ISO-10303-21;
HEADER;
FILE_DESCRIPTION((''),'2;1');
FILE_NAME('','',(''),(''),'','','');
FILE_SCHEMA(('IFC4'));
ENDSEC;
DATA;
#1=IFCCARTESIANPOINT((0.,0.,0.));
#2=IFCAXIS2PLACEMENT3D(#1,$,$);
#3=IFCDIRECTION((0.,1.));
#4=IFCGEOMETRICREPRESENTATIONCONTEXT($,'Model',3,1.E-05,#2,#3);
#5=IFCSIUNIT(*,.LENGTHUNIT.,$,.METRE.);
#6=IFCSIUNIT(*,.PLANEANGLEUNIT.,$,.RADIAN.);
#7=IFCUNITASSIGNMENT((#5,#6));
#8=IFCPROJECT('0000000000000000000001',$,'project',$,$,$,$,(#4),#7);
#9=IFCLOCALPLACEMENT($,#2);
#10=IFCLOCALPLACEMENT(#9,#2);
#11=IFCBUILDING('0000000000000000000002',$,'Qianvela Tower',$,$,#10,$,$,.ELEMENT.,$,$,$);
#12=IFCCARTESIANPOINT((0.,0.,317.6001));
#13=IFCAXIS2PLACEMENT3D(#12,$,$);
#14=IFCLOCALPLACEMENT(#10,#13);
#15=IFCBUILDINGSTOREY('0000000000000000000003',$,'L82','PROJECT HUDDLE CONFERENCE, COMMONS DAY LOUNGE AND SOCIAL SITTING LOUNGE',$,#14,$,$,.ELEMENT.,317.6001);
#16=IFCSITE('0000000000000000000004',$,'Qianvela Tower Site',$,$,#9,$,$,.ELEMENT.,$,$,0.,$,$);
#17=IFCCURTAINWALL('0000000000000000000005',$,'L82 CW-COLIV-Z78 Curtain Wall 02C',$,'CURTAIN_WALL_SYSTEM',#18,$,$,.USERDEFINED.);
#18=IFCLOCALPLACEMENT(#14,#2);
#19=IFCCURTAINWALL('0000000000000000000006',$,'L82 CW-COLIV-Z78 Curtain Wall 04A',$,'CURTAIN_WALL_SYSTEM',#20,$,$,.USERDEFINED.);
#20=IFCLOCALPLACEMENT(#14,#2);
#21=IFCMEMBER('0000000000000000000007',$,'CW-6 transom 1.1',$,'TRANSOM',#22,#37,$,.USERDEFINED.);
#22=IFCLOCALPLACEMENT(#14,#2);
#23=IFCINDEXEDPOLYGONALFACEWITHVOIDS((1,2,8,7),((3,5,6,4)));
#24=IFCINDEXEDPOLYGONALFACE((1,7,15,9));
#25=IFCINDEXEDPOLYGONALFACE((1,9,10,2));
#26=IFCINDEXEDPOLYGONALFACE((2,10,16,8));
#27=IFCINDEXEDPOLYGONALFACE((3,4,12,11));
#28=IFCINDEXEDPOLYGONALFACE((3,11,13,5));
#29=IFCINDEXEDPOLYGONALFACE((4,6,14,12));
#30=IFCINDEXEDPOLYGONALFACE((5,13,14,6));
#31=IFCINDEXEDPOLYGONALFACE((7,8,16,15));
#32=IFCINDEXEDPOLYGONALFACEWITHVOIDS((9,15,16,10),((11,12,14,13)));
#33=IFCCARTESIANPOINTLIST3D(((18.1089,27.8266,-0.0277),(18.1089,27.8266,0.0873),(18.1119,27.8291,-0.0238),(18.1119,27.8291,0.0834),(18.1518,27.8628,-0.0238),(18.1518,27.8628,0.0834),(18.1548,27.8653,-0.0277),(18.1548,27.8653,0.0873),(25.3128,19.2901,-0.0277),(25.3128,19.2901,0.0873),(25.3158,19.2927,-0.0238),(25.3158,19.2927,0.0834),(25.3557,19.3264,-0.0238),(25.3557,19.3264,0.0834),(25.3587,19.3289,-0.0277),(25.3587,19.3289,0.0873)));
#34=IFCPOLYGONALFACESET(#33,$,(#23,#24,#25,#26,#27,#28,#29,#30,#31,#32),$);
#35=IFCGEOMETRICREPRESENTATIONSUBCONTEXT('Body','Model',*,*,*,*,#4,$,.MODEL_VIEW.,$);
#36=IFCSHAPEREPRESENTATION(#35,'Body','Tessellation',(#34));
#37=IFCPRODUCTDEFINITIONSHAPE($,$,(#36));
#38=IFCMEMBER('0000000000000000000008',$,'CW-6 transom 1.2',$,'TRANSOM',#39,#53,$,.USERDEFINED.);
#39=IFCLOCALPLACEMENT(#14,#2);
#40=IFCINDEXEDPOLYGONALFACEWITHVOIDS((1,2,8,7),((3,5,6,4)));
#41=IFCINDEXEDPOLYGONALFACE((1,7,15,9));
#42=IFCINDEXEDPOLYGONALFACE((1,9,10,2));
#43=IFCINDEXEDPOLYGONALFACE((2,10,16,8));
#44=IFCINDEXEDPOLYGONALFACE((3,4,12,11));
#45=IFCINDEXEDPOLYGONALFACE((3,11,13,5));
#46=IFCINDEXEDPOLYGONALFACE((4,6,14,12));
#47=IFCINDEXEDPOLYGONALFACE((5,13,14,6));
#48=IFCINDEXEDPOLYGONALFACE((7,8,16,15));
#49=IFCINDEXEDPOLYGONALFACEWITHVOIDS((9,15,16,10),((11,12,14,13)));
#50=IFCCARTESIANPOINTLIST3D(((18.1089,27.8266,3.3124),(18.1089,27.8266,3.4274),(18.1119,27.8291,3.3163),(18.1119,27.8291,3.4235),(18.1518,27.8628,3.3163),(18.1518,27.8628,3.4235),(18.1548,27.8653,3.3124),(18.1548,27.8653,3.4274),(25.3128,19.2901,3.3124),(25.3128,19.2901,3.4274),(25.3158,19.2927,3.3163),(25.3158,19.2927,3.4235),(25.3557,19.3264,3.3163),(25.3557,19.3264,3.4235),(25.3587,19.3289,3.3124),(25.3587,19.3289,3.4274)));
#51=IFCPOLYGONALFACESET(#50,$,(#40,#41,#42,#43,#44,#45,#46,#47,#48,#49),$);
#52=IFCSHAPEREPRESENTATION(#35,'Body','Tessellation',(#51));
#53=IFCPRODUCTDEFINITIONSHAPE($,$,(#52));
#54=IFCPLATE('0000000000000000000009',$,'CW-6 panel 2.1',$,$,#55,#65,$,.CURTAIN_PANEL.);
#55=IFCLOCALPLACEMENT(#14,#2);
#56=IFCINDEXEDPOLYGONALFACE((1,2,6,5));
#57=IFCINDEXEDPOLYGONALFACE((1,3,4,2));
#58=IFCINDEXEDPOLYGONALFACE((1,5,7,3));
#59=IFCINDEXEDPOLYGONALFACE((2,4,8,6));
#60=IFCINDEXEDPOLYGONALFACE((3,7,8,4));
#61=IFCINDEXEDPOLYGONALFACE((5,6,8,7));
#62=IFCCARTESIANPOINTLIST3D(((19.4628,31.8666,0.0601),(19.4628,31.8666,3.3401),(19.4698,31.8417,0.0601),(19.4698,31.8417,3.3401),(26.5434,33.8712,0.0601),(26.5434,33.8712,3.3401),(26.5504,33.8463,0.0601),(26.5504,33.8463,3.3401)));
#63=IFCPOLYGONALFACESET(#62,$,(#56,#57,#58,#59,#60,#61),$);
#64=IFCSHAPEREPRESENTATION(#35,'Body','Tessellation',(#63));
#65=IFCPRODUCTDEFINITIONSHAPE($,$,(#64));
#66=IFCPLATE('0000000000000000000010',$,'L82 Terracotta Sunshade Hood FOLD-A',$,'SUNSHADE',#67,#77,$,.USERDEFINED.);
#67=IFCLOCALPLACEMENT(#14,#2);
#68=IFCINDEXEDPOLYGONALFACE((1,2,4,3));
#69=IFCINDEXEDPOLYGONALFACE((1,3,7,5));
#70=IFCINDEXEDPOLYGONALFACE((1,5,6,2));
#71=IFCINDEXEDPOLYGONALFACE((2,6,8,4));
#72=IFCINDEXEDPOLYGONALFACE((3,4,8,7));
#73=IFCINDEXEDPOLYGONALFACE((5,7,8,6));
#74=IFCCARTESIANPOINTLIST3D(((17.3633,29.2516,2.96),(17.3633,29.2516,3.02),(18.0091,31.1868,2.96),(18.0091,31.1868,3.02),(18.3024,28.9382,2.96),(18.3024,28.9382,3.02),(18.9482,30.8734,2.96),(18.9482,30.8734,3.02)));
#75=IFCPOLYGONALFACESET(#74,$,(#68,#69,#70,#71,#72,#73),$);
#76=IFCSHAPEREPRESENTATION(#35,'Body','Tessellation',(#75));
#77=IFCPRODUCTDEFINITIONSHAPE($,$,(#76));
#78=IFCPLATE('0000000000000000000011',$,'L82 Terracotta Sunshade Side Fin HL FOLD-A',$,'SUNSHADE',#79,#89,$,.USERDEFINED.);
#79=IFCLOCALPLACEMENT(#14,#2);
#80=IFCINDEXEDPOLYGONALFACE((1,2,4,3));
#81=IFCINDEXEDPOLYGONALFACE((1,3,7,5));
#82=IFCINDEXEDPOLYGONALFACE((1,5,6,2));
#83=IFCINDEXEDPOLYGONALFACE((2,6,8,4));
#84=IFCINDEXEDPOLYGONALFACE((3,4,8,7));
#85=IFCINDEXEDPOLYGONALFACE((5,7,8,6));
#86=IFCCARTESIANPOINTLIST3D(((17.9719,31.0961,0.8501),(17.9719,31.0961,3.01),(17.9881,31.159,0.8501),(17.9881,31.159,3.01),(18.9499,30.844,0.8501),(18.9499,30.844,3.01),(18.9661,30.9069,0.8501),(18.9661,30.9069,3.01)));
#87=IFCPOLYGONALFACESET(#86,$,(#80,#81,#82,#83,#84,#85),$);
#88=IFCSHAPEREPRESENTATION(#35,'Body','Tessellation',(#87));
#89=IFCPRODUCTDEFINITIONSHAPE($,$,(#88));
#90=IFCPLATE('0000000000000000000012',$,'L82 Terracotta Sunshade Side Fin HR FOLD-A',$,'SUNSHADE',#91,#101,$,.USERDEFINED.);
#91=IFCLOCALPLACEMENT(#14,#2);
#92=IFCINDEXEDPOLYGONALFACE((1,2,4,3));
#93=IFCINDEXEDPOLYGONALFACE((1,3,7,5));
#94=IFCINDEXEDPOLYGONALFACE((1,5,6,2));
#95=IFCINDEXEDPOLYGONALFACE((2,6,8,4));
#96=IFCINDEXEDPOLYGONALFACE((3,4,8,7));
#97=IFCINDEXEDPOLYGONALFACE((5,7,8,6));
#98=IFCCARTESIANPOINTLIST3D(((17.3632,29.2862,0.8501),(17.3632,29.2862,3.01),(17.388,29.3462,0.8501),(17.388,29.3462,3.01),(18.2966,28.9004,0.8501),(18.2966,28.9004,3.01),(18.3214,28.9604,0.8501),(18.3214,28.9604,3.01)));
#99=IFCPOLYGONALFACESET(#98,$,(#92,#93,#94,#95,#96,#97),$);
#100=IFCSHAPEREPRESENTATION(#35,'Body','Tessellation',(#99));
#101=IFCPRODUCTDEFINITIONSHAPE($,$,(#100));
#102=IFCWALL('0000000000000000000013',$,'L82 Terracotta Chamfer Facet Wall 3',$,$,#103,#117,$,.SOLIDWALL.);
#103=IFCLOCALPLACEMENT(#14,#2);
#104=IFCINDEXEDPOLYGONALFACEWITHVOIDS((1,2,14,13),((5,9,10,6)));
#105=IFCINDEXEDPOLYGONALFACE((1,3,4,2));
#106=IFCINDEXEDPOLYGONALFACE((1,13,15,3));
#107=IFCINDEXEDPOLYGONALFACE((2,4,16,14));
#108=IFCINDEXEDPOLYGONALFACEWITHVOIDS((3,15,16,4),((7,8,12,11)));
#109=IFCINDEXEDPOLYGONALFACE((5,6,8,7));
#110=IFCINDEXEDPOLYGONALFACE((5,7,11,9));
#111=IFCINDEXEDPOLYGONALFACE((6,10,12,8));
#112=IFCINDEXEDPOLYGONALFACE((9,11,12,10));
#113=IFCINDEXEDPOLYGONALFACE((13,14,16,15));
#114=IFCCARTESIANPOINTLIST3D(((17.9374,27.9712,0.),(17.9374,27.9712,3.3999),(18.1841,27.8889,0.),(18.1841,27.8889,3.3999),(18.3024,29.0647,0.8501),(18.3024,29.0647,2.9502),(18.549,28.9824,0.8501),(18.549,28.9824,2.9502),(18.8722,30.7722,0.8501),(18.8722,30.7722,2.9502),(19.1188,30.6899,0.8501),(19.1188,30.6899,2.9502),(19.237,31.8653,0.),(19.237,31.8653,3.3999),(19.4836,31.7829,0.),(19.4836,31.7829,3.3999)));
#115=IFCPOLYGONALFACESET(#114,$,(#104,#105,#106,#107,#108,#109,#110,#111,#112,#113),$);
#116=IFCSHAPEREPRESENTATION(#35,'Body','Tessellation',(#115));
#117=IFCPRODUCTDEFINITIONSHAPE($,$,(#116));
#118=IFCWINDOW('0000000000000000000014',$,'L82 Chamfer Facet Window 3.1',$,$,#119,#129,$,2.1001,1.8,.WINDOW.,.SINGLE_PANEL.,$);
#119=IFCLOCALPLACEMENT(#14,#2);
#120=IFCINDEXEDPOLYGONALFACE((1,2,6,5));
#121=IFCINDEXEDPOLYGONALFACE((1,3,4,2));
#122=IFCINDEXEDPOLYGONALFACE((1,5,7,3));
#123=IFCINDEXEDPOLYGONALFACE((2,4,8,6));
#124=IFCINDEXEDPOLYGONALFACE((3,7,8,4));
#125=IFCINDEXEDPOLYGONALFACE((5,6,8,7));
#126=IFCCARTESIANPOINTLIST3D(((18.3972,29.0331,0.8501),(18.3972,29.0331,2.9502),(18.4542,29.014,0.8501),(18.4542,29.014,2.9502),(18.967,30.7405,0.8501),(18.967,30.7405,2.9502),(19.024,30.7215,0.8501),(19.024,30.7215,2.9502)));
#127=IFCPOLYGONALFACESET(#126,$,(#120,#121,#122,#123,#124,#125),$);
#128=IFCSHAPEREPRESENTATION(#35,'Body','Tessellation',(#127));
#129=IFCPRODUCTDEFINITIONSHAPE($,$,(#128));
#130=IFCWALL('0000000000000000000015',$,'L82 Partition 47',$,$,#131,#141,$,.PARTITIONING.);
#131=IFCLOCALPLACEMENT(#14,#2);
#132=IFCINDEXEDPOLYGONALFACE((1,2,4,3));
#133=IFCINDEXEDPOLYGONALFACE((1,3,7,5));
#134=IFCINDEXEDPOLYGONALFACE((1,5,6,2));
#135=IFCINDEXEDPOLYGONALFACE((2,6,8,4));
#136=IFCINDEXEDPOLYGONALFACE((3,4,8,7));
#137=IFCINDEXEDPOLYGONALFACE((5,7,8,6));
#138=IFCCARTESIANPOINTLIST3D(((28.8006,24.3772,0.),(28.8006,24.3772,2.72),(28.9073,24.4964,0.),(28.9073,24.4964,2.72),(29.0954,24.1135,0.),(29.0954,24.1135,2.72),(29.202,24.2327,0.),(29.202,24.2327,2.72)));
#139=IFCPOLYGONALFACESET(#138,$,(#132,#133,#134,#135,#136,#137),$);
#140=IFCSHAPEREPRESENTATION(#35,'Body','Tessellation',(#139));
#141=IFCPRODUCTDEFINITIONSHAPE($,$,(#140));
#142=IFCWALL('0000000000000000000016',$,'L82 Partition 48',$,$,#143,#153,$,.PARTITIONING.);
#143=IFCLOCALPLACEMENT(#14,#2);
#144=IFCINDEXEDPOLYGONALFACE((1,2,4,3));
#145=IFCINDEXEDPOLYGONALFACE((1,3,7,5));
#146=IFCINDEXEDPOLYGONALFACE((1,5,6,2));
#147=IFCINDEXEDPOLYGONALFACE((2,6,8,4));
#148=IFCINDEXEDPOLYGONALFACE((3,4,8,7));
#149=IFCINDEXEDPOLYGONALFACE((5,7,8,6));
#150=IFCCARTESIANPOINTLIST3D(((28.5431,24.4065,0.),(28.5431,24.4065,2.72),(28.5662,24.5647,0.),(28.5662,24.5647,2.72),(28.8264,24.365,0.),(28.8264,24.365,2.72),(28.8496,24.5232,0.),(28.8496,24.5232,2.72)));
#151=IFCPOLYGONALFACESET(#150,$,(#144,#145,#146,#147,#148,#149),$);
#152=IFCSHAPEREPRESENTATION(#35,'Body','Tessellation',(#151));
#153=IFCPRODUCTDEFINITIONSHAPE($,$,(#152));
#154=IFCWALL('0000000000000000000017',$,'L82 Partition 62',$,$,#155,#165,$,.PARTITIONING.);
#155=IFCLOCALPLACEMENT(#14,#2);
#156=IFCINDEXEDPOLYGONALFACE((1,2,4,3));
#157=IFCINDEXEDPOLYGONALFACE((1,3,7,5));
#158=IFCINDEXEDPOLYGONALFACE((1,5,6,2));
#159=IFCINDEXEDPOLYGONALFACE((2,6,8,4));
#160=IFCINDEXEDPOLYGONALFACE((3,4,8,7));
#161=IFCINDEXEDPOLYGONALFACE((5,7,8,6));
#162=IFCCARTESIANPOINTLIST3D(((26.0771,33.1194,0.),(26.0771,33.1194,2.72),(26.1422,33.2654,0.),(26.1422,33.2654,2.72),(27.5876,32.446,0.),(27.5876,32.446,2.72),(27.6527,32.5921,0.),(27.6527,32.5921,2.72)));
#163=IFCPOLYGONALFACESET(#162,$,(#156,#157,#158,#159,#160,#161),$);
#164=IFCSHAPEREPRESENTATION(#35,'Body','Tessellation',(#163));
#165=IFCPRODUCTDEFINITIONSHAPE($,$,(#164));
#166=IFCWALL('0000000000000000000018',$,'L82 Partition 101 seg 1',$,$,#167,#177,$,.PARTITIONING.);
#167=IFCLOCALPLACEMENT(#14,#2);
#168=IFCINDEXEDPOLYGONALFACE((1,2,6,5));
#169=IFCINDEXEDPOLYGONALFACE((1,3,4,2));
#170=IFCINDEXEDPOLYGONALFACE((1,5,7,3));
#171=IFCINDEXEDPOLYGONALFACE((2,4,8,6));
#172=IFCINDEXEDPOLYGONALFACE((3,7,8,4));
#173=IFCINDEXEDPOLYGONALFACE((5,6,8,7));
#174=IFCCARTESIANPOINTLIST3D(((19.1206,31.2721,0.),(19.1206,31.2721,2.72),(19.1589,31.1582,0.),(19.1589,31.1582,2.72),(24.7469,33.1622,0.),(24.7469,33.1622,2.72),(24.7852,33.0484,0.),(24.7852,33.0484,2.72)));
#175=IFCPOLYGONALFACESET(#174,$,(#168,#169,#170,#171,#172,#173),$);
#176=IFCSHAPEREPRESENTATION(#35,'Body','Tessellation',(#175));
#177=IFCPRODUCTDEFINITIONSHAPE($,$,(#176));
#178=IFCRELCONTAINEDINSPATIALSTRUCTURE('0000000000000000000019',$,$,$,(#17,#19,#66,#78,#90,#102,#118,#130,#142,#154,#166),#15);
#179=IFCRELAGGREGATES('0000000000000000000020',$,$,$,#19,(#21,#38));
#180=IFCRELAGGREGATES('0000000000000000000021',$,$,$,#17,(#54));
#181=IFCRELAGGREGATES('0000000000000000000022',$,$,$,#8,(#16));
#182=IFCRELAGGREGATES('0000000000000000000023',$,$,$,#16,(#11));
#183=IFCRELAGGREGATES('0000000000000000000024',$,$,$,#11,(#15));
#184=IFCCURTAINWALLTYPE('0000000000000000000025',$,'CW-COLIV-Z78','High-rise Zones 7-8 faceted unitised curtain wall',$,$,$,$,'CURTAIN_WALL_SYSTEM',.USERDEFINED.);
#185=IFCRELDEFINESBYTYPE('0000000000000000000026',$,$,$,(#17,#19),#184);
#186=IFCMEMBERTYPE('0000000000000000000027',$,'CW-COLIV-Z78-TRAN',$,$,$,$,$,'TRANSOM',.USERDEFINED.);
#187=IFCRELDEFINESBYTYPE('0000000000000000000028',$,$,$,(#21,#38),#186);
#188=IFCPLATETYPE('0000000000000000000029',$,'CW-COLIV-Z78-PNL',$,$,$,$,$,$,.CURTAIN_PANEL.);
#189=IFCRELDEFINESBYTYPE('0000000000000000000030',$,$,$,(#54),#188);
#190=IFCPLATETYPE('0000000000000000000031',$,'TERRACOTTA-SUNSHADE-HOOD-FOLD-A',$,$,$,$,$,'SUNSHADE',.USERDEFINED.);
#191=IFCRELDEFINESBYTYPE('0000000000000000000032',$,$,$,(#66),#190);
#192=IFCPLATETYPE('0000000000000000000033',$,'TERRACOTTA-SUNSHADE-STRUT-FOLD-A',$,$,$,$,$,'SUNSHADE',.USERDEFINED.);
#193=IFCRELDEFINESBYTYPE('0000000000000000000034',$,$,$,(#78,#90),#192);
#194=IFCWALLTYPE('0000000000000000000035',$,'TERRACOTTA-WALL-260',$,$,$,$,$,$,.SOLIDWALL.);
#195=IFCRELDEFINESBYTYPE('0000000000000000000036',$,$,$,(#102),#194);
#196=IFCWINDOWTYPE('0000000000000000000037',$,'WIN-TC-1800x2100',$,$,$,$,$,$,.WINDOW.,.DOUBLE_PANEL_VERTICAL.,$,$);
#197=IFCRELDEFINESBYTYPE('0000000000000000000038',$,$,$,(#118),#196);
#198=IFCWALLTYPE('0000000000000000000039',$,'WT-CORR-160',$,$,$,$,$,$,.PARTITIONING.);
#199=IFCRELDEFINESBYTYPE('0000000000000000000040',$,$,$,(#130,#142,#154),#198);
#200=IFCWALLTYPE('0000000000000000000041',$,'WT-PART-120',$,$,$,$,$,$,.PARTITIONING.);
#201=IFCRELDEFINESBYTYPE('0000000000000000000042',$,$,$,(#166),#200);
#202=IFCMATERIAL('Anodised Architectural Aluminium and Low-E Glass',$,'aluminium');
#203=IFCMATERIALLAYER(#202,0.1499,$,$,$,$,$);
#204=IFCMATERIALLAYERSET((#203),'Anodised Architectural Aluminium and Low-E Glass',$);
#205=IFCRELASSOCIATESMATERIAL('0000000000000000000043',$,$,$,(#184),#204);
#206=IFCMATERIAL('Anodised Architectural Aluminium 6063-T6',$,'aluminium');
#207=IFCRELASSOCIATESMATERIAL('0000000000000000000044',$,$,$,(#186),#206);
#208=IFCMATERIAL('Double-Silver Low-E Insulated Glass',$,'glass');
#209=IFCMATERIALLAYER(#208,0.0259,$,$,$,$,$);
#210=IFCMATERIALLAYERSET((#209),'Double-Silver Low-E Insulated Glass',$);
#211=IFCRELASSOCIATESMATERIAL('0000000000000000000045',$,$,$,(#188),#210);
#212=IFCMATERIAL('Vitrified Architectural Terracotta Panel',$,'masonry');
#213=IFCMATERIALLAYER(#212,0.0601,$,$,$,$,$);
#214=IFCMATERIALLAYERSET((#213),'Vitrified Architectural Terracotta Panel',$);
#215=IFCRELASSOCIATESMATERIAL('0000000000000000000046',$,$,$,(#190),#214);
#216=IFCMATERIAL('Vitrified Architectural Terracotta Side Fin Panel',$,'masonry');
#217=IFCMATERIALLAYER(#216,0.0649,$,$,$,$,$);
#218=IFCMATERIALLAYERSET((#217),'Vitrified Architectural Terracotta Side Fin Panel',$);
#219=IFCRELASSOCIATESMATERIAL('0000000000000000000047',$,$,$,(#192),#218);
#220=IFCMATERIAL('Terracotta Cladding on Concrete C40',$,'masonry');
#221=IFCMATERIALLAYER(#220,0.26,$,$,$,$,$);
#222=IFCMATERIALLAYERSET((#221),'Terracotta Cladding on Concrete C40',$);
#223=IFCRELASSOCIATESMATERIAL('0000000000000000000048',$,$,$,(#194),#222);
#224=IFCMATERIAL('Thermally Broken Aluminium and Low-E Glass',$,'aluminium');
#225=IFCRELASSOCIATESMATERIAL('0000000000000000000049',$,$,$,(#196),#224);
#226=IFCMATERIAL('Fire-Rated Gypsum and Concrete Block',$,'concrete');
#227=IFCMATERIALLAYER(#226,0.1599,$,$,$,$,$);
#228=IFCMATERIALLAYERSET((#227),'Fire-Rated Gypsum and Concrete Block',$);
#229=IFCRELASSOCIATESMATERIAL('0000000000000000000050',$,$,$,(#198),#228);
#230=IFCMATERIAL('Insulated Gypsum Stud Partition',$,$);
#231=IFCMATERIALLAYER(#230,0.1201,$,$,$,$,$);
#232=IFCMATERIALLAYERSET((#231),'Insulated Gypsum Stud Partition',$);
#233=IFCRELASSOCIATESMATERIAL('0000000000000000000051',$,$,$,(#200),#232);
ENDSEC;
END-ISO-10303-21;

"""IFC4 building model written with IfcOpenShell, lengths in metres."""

from ifc_helpers import new_model, si_unit, direction, frame, frame_2d, origin, origin_2d, place, context, subcontext, project, spatial, rectangle, hollow_rectangle, extrude, material, layer, layer_set, material_profile, profile_set, type_object, element, fill, aggregate, save


model = new_model("IFC4")

# Units and contexts
model_context = context("Model", 3, precision=1e-05, world=origin(), true_north=direction((0.0, 1.0)))
body_context = subcontext(model_context, "Body", "Model", "MODEL_VIEW")
ifc_project = project(units=[si_unit("LENGTHUNIT", "METRE"), si_unit("PLANEANGLEUNIT", "RADIAN")], contexts=[model_context])

# Site, building, storey
site_placement = place(None, origin())
site = spatial("IfcSite", under=ifc_project, at=site_placement, Name="Qianvela Tower Site", CompositionType="ELEMENT", RefElevation=0.0)
building_placement = place(site_placement, origin())
building = spatial("IfcBuilding", under=site, at=building_placement, Name="Qianvela Tower", CompositionType="ELEMENT")
storey_placement = place(building_placement, frame((0.0, 0.0, 317.6001)))
storey = spatial("IfcBuildingStorey", under=building, at=storey_placement, Name="L82", Description="PROJECT HUDDLE CONFERENCE, COMMONS DAY LOUNGE AND SOCIAL SITTING LOUNGE", CompositionType="ELEMENT", Elevation=317.6001)

# Curtain wall
ifc_material_1 = material(Name="Anodised Architectural Aluminium and Low-E Glass", Category="aluminium")
ifc_layer_1 = layer(ifc_material_1, 0.1499)
ifc_layer_set_1 = layer_set([ifc_layer_1], Name="Anodised Architectural Aluminium and Low-E Glass")
curtain_wall_type = type_object("IfcCurtainWallType", Name="CW-COLIV-Z78", Description="High-rise Zones 7-8 faceted unitised curtain wall", ElementType="CURTAIN_WALL_SYSTEM", PredefinedType="USERDEFINED", material=ifc_layer_set_1)
curtain_wall_1_placement = place(storey_placement, origin())
curtain_wall_1 = element("IfcCurtainWall", 1, at=curtain_wall_1_placement, inside=storey, type_object=curtain_wall_type, Name="L82 CW-COLIV-Z78 Curtain Wall 02C", ObjectType="CURTAIN_WALL_SYSTEM", PredefinedType="USERDEFINED")

# Curtain wall
curtain_wall_2_placement = place(storey_placement, origin())
curtain_wall_2 = element("IfcCurtainWall", 2, at=curtain_wall_2_placement, inside=storey, type_object=curtain_wall_type, Name="L82 CW-COLIV-Z78 Curtain Wall 04A", ObjectType="CURTAIN_WALL_SYSTEM", PredefinedType="USERDEFINED")

# Members
ifc_material_2 = material(Name="Anodised Architectural Aluminium 6063-T6", Category="aluminium")
ifc_material_profile_1 = material_profile(ifc_material_2, hollow_rectangle(XDim=0.0601, YDim=0.115, WallThickness=0.0039, at=origin_2d()), Name="ALU-TRAN-60x115")
ifc_profile_set_1 = profile_set([ifc_material_profile_1], Name="Anodised Architectural Aluminium 6063-T6")
member_type_1 = type_object("IfcMemberType", Name="CW-COLIV-Z78-TRAN", ElementType="TRANSOM", PredefinedType="USERDEFINED", material=ifc_profile_set_1)
member_1_placement = place(storey_placement, frame((18.1318, 27.8459, 0.0298), z_axis=(0.644938, -0.764235, 0.0), x_axis=(0.764235, 0.644938, 0.0)))
member_1 = element("IfcMember", 3, at=member_1_placement, type_object=member_type_1, Name="CW-6 transom 1.1", ObjectType="TRANSOM", PredefinedType="USERDEFINED", context=body_context, shape_type="SweptSolid", body=[
    extrude(hollow_rectangle(XDim=0.0601, YDim=0.115, WallThickness=0.0039, at=origin_2d()), origin(), (0.0, 0.0, 1.0), 11.1699),
])
member_2_placement = place(storey_placement, frame((18.1318, 27.8459, 3.3699), z_axis=(0.644938, -0.764235, 0.0), x_axis=(0.764235, 0.644938, 0.0)))
member_2 = element("IfcMember", 4, at=member_2_placement, type_object=member_type_1, Name="CW-6 transom 1.2", ObjectType="TRANSOM", PredefinedType="USERDEFINED", context=body_context, shape_type="SweptSolid", body=[
    extrude(hollow_rectangle(XDim=0.0601, YDim=0.115, WallThickness=0.0039, at=origin_2d()), origin(), (0.0, 0.0, 1.0), 11.1699),
])
aggregate(curtain_wall_2, [member_1, member_2])

# Plate
ifc_material_3 = material(Name="Double-Silver Low-E Insulated Glass", Category="glass")
ifc_layer_2 = layer(ifc_material_3, 0.0259)
ifc_layer_set_2 = layer_set([ifc_layer_2], Name="Double-Silver Low-E Insulated Glass")
plate_type_1 = type_object("IfcPlateType", Name="CW-COLIV-Z78-PNL", PredefinedType="CURTAIN_PANEL", material=ifc_layer_set_2)
plate_1_placement = place(storey_placement, frame((23.0066, 32.8564, 0.0601), z_axis=(0.0, 0.0, 1.0), x_axis=(-0.962184, -0.272401, 0.0)))
plate_1 = element("IfcPlate", 5, at=plate_1_placement, type_object=plate_type_1, Name="CW-6 panel 2.1", PredefinedType="CURTAIN_PANEL", context=body_context, shape_type="SweptSolid", body=[
    extrude(rectangle(XDim=7.3589, YDim=0.0259, at=origin_2d()), origin(), (0.0, 0.0, 1.0), 3.28),
])
aggregate(curtain_wall_1, [plate_1])

# Plates
ifc_material_4 = material(Name="Vitrified Architectural Terracotta Panel", Category="masonry")
ifc_layer_3 = layer(ifc_material_4, 0.0601)
ifc_layer_set_3 = layer_set([ifc_layer_3], Name="Vitrified Architectural Terracotta Panel")
plate_type_2 = type_object("IfcPlateType", Name="TERRACOTTA-SUNSHADE-HOOD-FOLD-A", ElementType="SUNSHADE", PredefinedType="USERDEFINED", material=ifc_layer_set_3)
plate_2_placement = place(storey_placement, frame((18.1558, 30.0625, 2.96), z_axis=(0.0, 0.0, 1.0), x_axis=(-0.316542, -0.948579, 0.0)))
element("IfcPlate", 6, at=plate_2_placement, inside=storey, type_object=plate_type_2, Name="L82 Terracotta Sunshade Hood FOLD-A", ObjectType="SUNSHADE", PredefinedType="USERDEFINED", context=body_context, shape_type="SweptSolid", body=[
    extrude(rectangle(XDim=2.04, YDim=0.99, at=origin_2d()), origin(), (0.0, 0.0, 1.0), 0.0601),
])
ifc_material_5 = material(Name="Vitrified Architectural Terracotta Side Fin Panel", Category="masonry")
ifc_layer_4 = layer(ifc_material_5, 0.0649)
ifc_layer_set_4 = layer_set([ifc_layer_4], Name="Vitrified Architectural Terracotta Side Fin Panel")
plate_type_3 = type_object("IfcPlateType", Name="TERRACOTTA-SUNSHADE-STRUT-FOLD-A", ElementType="SUNSHADE", PredefinedType="USERDEFINED", material=ifc_layer_set_4)
for number, where, z_axis, x_axis, name in (
    (7, (18.469, 31.0015, 0.8501), (0.0, 0.0, 1.0), (-0.249601, -0.968349, 0.0), "L82 Terracotta Sunshade Side Fin HL FOLD-A"),
    (8, (17.8423, 29.1233, 0.8501), (0.0, 0.0, 1.0), (-0.38194, -0.924187, 0.0), "L82 Terracotta Sunshade Side Fin HR FOLD-A"),
):
    element("IfcPlate", number, at=place(storey_placement, frame(where, z_axis=z_axis, x_axis=x_axis)), inside=storey, type_object=plate_type_3, Name=name, ObjectType="SUNSHADE", PredefinedType="USERDEFINED", context=body_context, shape_type="SweptSolid", body=[
        extrude(rectangle(XDim=0.0649, YDim=1.01, at=origin_2d()), origin(), (0.0, 0.0, 1.0), 2.1599),
    ])

# Wall, opening, window
ifc_material_6 = material(Name="Terracotta Cladding on Concrete C40", Category="masonry")
ifc_layer_5 = layer(ifc_material_6, 0.26)
ifc_layer_set_5 = layer_set([ifc_layer_5], Name="Terracotta Cladding on Concrete C40")
wall_type_1 = type_object("IfcWallType", Name="TERRACOTTA-WALL-260", PredefinedType="SOLIDWALL", material=ifc_layer_set_5)
wall_1_placement = place(storey_placement, frame((19.3604, 31.8242, 0.0), z_axis=(0.0, 0.0, 1.0), x_axis=(-0.316567, -0.94857, 0.0)))
wall_1 = element("IfcWall", 9, at=wall_1_placement, inside=storey, type_object=wall_type_1, Name="L82 Terracotta Chamfer Facet Wall 3", PredefinedType="SOLIDWALL", context=body_context, shape_type="SweptSolid", body=[
    extrude(rectangle(XDim=4.1052, YDim=0.26, at=frame_2d((2.0527, 0.0))), origin(), (0.0, 0.0, 1.0), 3.3999),
])
opening_1_placement = place(wall_1_placement, frame((1.1526, 0.0, 0.8501)))
opening_1 = element("IfcOpeningElement", 10, at=opening_1_placement, cuts=wall_1, PredefinedType="OPENING", context=body_context, shape_type="SweptSolid", body=[
    extrude(rectangle(XDim=1.8, YDim=2.1001, at=frame_2d((0.8999, 1.05))), frame((0.0, 0.1399, 0.0), z_axis=(0.0, -1.0, 0.0), x_axis=(1.0, 0.0, 0.0)), (0.0, 0.0, 1.0), 0.28),
])
ifc_material_7 = material(Name="Thermally Broken Aluminium and Low-E Glass", Category="aluminium")
window_type = type_object("IfcWindowType", Name="WIN-TC-1800x2100", PartitioningType="DOUBLE_PANEL_VERTICAL", PredefinedType="WINDOW", material=ifc_material_7)
window_placement = place(opening_1_placement, origin())
window = element("IfcWindow", 11, at=window_placement, inside=storey, type_object=window_type, Name="L82 Chamfer Facet Window 3.1", OverallHeight=2.1001, OverallWidth=1.8, PartitioningType="SINGLE_PANEL", PredefinedType="WINDOW", context=body_context, shape_type="SweptSolid", body=[
    extrude(rectangle(XDim=1.8, YDim=2.1001, at=frame_2d((0.8999, 1.05))), frame((0.0, 0.03, 0.0), z_axis=(0.0, -1.0, 0.0), x_axis=(1.0, 0.0, 0.0)), (0.0, 0.0, 1.0), 0.0601),
])
fill(opening_1, window)

# Walls
ifc_material_8 = material(Name="Fire-Rated Gypsum and Concrete Block", Category="concrete")
ifc_layer_6 = layer(ifc_material_8, 0.1599)
ifc_layer_set_6 = layer_set([ifc_layer_6], Name="Fire-Rated Gypsum and Concrete Block")
wall_type_2 = type_object("IfcWallType", Name="WT-CORR-160", PredefinedType="PARTITIONING", material=ifc_layer_set_6)
wall_2_placement = place(storey_placement, frame((29.1487, 24.1731, 0.0), z_axis=(0.0, 0.0, 1.0), x_axis=(-0.745225, 0.666813, 0.0)))
element("IfcWall", 12, at=wall_2_placement, inside=storey, type_object=wall_type_2, Name="L82 Partition 47", PredefinedType="PARTITIONING", context=body_context, shape_type="SweptSolid", body=[
    extrude(rectangle(XDim=0.3955, YDim=0.1599, at=frame_2d((0.1978, 0.0))), origin(), (0.0, 0.0, 1.0), 2.72),
])
wall_3_placement = place(storey_placement, frame((28.8379, 24.4441, 0.0), z_axis=(0.0, 0.0, 1.0), x_axis=(-0.989449, 0.144881, 0.0)))
element("IfcWall", 13, at=wall_3_placement, inside=storey, type_object=wall_type_2, Name="L82 Partition 48", PredefinedType="PARTITIONING", context=body_context, shape_type="SweptSolid", body=[
    extrude(rectangle(XDim=0.2864, YDim=0.1599, at=frame_2d((0.1431, 0.0))), origin(), (0.0, 0.0, 1.0), 2.72),
])
wall_4_placement = place(storey_placement, frame((26.1096, 33.1924, 0.0), z_axis=(0.0, 0.0, 1.0), x_axis=(0.91336, -0.407152, 0.0)))
element("IfcWall", 14, at=wall_4_placement, inside=storey, type_object=wall_type_2, Name="L82 Partition 62", PredefinedType="PARTITIONING", context=body_context, shape_type="SweptSolid", body=[
    extrude(rectangle(XDim=1.6538, YDim=0.1599, at=frame_2d((0.8269, 0.0))), origin(), (0.0, 0.0, 1.0), 2.72),
])
ifc_material_9 = material(Name="Insulated Gypsum Stud Partition")
ifc_layer_7 = layer(ifc_material_9, 0.1201)
ifc_layer_set_7 = layer_set([ifc_layer_7], Name="Insulated Gypsum Stud Partition")
wall_type_3 = type_object("IfcWallType", Name="WT-PART-120", PredefinedType="PARTITIONING", material=ifc_layer_set_7)
wall_5_placement = place(storey_placement, frame((19.1396, 31.2151, 0.0), z_axis=(0.0, 0.0, 1.0), x_axis=(0.947936, 0.31846, 0.0)))
element("IfcWall", 15, at=wall_5_placement, inside=storey, type_object=wall_type_3, Name="L82 Partition 101 seg 1", PredefinedType="PARTITIONING", context=body_context, shape_type="SweptSolid", body=[
    extrude(rectangle(XDim=5.9353, YDim=0.1201, at=frame_2d((2.9678, 0.0))), origin(), (0.0, 0.0, 1.0), 2.72),
])

save(model, "model.ifc")
